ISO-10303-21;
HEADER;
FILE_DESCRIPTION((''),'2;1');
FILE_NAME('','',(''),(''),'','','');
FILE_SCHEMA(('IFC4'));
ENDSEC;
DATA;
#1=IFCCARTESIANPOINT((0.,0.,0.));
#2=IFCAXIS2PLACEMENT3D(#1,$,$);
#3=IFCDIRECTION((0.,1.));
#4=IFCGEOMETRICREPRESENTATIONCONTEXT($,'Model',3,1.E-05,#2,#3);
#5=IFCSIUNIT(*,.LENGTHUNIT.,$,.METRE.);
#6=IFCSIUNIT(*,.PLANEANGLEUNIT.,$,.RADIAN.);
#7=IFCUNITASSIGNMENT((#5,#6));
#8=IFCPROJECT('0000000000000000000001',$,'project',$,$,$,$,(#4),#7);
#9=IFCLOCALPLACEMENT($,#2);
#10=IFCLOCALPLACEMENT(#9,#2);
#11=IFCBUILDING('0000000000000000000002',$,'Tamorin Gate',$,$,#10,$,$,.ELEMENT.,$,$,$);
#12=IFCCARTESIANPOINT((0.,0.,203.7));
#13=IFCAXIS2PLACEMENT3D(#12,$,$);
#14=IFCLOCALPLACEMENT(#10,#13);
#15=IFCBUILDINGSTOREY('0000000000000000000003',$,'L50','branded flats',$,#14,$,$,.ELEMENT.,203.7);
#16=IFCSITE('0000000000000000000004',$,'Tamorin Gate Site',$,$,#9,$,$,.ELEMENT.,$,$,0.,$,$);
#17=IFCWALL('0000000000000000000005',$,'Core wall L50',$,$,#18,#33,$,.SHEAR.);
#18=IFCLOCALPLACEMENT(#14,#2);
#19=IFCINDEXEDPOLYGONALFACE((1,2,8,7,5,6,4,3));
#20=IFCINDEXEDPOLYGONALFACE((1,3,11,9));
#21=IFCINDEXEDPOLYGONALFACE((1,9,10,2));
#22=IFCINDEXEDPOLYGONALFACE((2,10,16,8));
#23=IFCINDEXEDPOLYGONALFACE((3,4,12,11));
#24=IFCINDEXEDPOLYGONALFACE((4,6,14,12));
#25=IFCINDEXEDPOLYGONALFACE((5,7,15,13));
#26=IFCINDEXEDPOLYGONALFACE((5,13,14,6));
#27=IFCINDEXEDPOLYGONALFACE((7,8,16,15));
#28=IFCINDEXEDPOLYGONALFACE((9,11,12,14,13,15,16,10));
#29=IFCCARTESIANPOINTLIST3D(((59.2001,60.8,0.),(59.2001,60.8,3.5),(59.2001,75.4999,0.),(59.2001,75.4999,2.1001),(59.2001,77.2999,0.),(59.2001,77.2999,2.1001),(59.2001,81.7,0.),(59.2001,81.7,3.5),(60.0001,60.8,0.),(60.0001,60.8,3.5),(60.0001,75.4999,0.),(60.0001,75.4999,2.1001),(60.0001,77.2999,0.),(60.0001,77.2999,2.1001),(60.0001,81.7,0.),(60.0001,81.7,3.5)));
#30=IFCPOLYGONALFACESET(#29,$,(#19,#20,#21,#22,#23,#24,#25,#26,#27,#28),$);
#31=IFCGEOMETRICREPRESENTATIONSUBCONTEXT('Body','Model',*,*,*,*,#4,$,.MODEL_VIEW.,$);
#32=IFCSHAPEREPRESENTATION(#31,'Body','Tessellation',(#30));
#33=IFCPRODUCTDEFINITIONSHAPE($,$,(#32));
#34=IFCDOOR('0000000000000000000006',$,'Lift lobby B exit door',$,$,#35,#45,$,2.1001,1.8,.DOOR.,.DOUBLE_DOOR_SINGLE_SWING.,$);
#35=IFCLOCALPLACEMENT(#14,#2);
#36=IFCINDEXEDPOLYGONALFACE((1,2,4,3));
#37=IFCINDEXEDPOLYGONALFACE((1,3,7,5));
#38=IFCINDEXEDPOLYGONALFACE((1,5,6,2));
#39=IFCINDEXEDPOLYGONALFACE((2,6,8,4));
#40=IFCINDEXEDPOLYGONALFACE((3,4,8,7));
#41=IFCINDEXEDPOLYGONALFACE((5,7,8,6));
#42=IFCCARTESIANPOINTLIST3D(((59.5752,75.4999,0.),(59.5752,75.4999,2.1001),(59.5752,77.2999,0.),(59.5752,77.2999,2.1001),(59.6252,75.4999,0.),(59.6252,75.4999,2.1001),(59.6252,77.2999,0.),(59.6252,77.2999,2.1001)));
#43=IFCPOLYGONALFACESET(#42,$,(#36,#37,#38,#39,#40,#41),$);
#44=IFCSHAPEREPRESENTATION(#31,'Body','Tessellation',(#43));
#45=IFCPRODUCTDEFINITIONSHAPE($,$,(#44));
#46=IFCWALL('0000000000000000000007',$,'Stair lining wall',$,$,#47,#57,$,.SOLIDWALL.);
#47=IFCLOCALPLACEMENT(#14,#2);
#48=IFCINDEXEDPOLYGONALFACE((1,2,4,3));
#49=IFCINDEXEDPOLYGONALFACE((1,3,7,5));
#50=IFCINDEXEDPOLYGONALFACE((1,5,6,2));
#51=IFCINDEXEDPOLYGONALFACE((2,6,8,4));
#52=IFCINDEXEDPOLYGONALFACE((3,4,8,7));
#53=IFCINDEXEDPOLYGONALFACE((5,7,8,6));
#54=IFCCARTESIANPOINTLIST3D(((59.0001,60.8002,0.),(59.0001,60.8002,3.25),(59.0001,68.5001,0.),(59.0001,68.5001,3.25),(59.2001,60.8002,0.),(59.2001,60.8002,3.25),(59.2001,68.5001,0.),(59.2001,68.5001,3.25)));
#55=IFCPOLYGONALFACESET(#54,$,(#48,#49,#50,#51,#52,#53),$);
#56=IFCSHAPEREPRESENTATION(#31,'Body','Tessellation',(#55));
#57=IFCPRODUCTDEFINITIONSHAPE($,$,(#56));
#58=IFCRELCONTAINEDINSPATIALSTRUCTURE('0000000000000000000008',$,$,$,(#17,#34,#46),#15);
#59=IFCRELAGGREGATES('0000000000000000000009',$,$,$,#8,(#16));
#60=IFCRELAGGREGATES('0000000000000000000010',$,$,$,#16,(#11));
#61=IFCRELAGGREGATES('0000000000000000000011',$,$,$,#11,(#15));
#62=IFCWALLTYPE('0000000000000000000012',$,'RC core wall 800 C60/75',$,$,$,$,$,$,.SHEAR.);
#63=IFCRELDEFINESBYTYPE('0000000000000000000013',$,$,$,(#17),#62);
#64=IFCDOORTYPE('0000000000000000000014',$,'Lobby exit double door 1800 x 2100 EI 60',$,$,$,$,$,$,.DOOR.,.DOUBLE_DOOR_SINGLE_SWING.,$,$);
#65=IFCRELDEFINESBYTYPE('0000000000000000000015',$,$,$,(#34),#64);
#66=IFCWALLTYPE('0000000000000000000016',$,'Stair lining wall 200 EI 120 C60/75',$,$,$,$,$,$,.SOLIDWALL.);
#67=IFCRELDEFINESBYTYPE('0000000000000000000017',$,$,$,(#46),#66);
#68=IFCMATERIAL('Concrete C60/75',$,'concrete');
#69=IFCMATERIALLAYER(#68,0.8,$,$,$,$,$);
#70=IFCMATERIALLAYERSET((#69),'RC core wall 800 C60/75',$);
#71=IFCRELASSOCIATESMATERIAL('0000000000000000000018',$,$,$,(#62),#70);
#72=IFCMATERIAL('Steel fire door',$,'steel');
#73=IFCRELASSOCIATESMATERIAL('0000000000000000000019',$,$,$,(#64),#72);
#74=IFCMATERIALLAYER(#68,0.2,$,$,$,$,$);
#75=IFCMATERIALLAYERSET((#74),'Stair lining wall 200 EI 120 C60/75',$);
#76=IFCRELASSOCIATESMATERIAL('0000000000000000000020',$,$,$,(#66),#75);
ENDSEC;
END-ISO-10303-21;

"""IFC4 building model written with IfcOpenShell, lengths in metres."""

from ifc_helpers import new_model, si_unit, direction, frame, frame_2d, origin, place, context, subcontext, project, spatial, rectangle, extrude, material, layer, layer_set, type_object, element, fill, save


model = new_model("IFC4")

# Units and contexts
model_context = context("Model", 3, precision=1e-05, world=origin(), true_north=direction((0.0, 1.0)))
body_context = subcontext(model_context, "Body", "Model", "MODEL_VIEW")
ifc_project = project(units=[si_unit("LENGTHUNIT", "METRE"), si_unit("PLANEANGLEUNIT", "RADIAN")], contexts=[model_context])

# Site, building, storey
site_placement = place(None, origin())
site = spatial("IfcSite", under=ifc_project, at=site_placement, Name="Tamorin Gate Site", CompositionType="ELEMENT", RefElevation=0.0)
building_placement = place(site_placement, origin())
building = spatial("IfcBuilding", under=site, at=building_placement, Name="Tamorin Gate", CompositionType="ELEMENT")
storey_placement = place(building_placement, frame((0.0, 0.0, 203.7)))
storey = spatial("IfcBuildingStorey", under=building, at=storey_placement, Name="L50", Description="branded flats", CompositionType="ELEMENT", Elevation=203.7)

# Shared definitions
ifc_material_1 = material(Name="Concrete C60/75", Category="concrete")

# Wall, opening, door
ifc_layer_1 = layer(ifc_material_1, 0.8)
ifc_layer_set_1 = layer_set([ifc_layer_1], Name="RC core wall 800 C60/75")
wall_type_1 = type_object("IfcWallType", Name="RC core wall 800 C60/75", PredefinedType="SHEAR", material=ifc_layer_set_1)
wall_1_placement = place(storey_placement, frame((59.6001, 60.8, 0.0), z_axis=(0.0, 0.0, 1.0), x_axis=(0.0, 1.0, 0.0)))
wall_1 = element("IfcWall", 1, at=wall_1_placement, inside=storey, type_object=wall_type_1, Name="Core wall L50", PredefinedType="SHEAR", context=body_context, shape_type="SweptSolid", body=[
    extrude(rectangle(XDim=20.8999, YDim=0.8, at=frame_2d((10.45, 0.0))), origin(), (0.0, 0.0, 1.0), 3.5),
])
opening_1_placement = place(wall_1_placement, frame((14.7, 0.0, 0.0)))
opening_1 = element("IfcOpeningElement", 2, at=opening_1_placement, cuts=wall_1, PredefinedType="OPENING", context=body_context, shape_type="SweptSolid", body=[
    extrude(rectangle(XDim=1.8, YDim=2.1001, at=frame_2d((0.8999, 1.05))), frame((0.0, 0.4099, 0.0), z_axis=(0.0, -1.0, 0.0), x_axis=(1.0, 0.0, 0.0)), (0.0, 0.0, 1.0), 0.8201),
])
ifc_material_2 = material(Name="Steel fire door", Category="steel")
door_type_1 = type_object("IfcDoorType", Name="Lobby exit double door 1800 x 2100 EI 60", OperationType="DOUBLE_DOOR_SINGLE_SWING", PredefinedType="DOOR", material=ifc_material_2)
door_1_placement = place(opening_1_placement, origin())
door_1 = element("IfcDoor", 3, at=door_1_placement, inside=storey, type_object=door_type_1, Name="Lift lobby B exit door", OperationType="DOUBLE_DOOR_SINGLE_SWING", OverallHeight=2.1001, OverallWidth=1.8, PredefinedType="DOOR", context=body_context, shape_type="SweptSolid", body=[
    extrude(rectangle(XDim=1.8, YDim=2.1001, at=frame_2d((0.8999, 1.05))), frame((0.0, 0.0249, 0.0), z_axis=(0.0, -1.0, 0.0), x_axis=(1.0, 0.0, 0.0)), (0.0, 0.0, 1.0), 0.05),
])
fill(opening_1, door_1)

# Wall
ifc_layer_2 = layer(ifc_material_1, 0.2)
ifc_layer_set_2 = layer_set([ifc_layer_2], Name="Stair lining wall 200 EI 120 C60/75")
wall_type_2 = type_object("IfcWallType", Name="Stair lining wall 200 EI 120 C60/75", PredefinedType="SOLIDWALL", material=ifc_layer_set_2)
wall_2_placement = place(storey_placement, frame((59.1001, 60.8, 0.0), z_axis=(0.0, 0.0, 1.0), x_axis=(0.0, 1.0, 0.0)))
element("IfcWall", 4, at=wall_2_placement, inside=storey, type_object=wall_type_2, Name="Stair lining wall", PredefinedType="SOLIDWALL", context=body_context, shape_type="SweptSolid", body=[
    extrude(rectangle(XDim=7.7, YDim=0.2, at=frame_2d((3.8501, 0.0))), origin(), (0.0, 0.0, 1.0), 3.25),
])

save(model, "model.ifc")
